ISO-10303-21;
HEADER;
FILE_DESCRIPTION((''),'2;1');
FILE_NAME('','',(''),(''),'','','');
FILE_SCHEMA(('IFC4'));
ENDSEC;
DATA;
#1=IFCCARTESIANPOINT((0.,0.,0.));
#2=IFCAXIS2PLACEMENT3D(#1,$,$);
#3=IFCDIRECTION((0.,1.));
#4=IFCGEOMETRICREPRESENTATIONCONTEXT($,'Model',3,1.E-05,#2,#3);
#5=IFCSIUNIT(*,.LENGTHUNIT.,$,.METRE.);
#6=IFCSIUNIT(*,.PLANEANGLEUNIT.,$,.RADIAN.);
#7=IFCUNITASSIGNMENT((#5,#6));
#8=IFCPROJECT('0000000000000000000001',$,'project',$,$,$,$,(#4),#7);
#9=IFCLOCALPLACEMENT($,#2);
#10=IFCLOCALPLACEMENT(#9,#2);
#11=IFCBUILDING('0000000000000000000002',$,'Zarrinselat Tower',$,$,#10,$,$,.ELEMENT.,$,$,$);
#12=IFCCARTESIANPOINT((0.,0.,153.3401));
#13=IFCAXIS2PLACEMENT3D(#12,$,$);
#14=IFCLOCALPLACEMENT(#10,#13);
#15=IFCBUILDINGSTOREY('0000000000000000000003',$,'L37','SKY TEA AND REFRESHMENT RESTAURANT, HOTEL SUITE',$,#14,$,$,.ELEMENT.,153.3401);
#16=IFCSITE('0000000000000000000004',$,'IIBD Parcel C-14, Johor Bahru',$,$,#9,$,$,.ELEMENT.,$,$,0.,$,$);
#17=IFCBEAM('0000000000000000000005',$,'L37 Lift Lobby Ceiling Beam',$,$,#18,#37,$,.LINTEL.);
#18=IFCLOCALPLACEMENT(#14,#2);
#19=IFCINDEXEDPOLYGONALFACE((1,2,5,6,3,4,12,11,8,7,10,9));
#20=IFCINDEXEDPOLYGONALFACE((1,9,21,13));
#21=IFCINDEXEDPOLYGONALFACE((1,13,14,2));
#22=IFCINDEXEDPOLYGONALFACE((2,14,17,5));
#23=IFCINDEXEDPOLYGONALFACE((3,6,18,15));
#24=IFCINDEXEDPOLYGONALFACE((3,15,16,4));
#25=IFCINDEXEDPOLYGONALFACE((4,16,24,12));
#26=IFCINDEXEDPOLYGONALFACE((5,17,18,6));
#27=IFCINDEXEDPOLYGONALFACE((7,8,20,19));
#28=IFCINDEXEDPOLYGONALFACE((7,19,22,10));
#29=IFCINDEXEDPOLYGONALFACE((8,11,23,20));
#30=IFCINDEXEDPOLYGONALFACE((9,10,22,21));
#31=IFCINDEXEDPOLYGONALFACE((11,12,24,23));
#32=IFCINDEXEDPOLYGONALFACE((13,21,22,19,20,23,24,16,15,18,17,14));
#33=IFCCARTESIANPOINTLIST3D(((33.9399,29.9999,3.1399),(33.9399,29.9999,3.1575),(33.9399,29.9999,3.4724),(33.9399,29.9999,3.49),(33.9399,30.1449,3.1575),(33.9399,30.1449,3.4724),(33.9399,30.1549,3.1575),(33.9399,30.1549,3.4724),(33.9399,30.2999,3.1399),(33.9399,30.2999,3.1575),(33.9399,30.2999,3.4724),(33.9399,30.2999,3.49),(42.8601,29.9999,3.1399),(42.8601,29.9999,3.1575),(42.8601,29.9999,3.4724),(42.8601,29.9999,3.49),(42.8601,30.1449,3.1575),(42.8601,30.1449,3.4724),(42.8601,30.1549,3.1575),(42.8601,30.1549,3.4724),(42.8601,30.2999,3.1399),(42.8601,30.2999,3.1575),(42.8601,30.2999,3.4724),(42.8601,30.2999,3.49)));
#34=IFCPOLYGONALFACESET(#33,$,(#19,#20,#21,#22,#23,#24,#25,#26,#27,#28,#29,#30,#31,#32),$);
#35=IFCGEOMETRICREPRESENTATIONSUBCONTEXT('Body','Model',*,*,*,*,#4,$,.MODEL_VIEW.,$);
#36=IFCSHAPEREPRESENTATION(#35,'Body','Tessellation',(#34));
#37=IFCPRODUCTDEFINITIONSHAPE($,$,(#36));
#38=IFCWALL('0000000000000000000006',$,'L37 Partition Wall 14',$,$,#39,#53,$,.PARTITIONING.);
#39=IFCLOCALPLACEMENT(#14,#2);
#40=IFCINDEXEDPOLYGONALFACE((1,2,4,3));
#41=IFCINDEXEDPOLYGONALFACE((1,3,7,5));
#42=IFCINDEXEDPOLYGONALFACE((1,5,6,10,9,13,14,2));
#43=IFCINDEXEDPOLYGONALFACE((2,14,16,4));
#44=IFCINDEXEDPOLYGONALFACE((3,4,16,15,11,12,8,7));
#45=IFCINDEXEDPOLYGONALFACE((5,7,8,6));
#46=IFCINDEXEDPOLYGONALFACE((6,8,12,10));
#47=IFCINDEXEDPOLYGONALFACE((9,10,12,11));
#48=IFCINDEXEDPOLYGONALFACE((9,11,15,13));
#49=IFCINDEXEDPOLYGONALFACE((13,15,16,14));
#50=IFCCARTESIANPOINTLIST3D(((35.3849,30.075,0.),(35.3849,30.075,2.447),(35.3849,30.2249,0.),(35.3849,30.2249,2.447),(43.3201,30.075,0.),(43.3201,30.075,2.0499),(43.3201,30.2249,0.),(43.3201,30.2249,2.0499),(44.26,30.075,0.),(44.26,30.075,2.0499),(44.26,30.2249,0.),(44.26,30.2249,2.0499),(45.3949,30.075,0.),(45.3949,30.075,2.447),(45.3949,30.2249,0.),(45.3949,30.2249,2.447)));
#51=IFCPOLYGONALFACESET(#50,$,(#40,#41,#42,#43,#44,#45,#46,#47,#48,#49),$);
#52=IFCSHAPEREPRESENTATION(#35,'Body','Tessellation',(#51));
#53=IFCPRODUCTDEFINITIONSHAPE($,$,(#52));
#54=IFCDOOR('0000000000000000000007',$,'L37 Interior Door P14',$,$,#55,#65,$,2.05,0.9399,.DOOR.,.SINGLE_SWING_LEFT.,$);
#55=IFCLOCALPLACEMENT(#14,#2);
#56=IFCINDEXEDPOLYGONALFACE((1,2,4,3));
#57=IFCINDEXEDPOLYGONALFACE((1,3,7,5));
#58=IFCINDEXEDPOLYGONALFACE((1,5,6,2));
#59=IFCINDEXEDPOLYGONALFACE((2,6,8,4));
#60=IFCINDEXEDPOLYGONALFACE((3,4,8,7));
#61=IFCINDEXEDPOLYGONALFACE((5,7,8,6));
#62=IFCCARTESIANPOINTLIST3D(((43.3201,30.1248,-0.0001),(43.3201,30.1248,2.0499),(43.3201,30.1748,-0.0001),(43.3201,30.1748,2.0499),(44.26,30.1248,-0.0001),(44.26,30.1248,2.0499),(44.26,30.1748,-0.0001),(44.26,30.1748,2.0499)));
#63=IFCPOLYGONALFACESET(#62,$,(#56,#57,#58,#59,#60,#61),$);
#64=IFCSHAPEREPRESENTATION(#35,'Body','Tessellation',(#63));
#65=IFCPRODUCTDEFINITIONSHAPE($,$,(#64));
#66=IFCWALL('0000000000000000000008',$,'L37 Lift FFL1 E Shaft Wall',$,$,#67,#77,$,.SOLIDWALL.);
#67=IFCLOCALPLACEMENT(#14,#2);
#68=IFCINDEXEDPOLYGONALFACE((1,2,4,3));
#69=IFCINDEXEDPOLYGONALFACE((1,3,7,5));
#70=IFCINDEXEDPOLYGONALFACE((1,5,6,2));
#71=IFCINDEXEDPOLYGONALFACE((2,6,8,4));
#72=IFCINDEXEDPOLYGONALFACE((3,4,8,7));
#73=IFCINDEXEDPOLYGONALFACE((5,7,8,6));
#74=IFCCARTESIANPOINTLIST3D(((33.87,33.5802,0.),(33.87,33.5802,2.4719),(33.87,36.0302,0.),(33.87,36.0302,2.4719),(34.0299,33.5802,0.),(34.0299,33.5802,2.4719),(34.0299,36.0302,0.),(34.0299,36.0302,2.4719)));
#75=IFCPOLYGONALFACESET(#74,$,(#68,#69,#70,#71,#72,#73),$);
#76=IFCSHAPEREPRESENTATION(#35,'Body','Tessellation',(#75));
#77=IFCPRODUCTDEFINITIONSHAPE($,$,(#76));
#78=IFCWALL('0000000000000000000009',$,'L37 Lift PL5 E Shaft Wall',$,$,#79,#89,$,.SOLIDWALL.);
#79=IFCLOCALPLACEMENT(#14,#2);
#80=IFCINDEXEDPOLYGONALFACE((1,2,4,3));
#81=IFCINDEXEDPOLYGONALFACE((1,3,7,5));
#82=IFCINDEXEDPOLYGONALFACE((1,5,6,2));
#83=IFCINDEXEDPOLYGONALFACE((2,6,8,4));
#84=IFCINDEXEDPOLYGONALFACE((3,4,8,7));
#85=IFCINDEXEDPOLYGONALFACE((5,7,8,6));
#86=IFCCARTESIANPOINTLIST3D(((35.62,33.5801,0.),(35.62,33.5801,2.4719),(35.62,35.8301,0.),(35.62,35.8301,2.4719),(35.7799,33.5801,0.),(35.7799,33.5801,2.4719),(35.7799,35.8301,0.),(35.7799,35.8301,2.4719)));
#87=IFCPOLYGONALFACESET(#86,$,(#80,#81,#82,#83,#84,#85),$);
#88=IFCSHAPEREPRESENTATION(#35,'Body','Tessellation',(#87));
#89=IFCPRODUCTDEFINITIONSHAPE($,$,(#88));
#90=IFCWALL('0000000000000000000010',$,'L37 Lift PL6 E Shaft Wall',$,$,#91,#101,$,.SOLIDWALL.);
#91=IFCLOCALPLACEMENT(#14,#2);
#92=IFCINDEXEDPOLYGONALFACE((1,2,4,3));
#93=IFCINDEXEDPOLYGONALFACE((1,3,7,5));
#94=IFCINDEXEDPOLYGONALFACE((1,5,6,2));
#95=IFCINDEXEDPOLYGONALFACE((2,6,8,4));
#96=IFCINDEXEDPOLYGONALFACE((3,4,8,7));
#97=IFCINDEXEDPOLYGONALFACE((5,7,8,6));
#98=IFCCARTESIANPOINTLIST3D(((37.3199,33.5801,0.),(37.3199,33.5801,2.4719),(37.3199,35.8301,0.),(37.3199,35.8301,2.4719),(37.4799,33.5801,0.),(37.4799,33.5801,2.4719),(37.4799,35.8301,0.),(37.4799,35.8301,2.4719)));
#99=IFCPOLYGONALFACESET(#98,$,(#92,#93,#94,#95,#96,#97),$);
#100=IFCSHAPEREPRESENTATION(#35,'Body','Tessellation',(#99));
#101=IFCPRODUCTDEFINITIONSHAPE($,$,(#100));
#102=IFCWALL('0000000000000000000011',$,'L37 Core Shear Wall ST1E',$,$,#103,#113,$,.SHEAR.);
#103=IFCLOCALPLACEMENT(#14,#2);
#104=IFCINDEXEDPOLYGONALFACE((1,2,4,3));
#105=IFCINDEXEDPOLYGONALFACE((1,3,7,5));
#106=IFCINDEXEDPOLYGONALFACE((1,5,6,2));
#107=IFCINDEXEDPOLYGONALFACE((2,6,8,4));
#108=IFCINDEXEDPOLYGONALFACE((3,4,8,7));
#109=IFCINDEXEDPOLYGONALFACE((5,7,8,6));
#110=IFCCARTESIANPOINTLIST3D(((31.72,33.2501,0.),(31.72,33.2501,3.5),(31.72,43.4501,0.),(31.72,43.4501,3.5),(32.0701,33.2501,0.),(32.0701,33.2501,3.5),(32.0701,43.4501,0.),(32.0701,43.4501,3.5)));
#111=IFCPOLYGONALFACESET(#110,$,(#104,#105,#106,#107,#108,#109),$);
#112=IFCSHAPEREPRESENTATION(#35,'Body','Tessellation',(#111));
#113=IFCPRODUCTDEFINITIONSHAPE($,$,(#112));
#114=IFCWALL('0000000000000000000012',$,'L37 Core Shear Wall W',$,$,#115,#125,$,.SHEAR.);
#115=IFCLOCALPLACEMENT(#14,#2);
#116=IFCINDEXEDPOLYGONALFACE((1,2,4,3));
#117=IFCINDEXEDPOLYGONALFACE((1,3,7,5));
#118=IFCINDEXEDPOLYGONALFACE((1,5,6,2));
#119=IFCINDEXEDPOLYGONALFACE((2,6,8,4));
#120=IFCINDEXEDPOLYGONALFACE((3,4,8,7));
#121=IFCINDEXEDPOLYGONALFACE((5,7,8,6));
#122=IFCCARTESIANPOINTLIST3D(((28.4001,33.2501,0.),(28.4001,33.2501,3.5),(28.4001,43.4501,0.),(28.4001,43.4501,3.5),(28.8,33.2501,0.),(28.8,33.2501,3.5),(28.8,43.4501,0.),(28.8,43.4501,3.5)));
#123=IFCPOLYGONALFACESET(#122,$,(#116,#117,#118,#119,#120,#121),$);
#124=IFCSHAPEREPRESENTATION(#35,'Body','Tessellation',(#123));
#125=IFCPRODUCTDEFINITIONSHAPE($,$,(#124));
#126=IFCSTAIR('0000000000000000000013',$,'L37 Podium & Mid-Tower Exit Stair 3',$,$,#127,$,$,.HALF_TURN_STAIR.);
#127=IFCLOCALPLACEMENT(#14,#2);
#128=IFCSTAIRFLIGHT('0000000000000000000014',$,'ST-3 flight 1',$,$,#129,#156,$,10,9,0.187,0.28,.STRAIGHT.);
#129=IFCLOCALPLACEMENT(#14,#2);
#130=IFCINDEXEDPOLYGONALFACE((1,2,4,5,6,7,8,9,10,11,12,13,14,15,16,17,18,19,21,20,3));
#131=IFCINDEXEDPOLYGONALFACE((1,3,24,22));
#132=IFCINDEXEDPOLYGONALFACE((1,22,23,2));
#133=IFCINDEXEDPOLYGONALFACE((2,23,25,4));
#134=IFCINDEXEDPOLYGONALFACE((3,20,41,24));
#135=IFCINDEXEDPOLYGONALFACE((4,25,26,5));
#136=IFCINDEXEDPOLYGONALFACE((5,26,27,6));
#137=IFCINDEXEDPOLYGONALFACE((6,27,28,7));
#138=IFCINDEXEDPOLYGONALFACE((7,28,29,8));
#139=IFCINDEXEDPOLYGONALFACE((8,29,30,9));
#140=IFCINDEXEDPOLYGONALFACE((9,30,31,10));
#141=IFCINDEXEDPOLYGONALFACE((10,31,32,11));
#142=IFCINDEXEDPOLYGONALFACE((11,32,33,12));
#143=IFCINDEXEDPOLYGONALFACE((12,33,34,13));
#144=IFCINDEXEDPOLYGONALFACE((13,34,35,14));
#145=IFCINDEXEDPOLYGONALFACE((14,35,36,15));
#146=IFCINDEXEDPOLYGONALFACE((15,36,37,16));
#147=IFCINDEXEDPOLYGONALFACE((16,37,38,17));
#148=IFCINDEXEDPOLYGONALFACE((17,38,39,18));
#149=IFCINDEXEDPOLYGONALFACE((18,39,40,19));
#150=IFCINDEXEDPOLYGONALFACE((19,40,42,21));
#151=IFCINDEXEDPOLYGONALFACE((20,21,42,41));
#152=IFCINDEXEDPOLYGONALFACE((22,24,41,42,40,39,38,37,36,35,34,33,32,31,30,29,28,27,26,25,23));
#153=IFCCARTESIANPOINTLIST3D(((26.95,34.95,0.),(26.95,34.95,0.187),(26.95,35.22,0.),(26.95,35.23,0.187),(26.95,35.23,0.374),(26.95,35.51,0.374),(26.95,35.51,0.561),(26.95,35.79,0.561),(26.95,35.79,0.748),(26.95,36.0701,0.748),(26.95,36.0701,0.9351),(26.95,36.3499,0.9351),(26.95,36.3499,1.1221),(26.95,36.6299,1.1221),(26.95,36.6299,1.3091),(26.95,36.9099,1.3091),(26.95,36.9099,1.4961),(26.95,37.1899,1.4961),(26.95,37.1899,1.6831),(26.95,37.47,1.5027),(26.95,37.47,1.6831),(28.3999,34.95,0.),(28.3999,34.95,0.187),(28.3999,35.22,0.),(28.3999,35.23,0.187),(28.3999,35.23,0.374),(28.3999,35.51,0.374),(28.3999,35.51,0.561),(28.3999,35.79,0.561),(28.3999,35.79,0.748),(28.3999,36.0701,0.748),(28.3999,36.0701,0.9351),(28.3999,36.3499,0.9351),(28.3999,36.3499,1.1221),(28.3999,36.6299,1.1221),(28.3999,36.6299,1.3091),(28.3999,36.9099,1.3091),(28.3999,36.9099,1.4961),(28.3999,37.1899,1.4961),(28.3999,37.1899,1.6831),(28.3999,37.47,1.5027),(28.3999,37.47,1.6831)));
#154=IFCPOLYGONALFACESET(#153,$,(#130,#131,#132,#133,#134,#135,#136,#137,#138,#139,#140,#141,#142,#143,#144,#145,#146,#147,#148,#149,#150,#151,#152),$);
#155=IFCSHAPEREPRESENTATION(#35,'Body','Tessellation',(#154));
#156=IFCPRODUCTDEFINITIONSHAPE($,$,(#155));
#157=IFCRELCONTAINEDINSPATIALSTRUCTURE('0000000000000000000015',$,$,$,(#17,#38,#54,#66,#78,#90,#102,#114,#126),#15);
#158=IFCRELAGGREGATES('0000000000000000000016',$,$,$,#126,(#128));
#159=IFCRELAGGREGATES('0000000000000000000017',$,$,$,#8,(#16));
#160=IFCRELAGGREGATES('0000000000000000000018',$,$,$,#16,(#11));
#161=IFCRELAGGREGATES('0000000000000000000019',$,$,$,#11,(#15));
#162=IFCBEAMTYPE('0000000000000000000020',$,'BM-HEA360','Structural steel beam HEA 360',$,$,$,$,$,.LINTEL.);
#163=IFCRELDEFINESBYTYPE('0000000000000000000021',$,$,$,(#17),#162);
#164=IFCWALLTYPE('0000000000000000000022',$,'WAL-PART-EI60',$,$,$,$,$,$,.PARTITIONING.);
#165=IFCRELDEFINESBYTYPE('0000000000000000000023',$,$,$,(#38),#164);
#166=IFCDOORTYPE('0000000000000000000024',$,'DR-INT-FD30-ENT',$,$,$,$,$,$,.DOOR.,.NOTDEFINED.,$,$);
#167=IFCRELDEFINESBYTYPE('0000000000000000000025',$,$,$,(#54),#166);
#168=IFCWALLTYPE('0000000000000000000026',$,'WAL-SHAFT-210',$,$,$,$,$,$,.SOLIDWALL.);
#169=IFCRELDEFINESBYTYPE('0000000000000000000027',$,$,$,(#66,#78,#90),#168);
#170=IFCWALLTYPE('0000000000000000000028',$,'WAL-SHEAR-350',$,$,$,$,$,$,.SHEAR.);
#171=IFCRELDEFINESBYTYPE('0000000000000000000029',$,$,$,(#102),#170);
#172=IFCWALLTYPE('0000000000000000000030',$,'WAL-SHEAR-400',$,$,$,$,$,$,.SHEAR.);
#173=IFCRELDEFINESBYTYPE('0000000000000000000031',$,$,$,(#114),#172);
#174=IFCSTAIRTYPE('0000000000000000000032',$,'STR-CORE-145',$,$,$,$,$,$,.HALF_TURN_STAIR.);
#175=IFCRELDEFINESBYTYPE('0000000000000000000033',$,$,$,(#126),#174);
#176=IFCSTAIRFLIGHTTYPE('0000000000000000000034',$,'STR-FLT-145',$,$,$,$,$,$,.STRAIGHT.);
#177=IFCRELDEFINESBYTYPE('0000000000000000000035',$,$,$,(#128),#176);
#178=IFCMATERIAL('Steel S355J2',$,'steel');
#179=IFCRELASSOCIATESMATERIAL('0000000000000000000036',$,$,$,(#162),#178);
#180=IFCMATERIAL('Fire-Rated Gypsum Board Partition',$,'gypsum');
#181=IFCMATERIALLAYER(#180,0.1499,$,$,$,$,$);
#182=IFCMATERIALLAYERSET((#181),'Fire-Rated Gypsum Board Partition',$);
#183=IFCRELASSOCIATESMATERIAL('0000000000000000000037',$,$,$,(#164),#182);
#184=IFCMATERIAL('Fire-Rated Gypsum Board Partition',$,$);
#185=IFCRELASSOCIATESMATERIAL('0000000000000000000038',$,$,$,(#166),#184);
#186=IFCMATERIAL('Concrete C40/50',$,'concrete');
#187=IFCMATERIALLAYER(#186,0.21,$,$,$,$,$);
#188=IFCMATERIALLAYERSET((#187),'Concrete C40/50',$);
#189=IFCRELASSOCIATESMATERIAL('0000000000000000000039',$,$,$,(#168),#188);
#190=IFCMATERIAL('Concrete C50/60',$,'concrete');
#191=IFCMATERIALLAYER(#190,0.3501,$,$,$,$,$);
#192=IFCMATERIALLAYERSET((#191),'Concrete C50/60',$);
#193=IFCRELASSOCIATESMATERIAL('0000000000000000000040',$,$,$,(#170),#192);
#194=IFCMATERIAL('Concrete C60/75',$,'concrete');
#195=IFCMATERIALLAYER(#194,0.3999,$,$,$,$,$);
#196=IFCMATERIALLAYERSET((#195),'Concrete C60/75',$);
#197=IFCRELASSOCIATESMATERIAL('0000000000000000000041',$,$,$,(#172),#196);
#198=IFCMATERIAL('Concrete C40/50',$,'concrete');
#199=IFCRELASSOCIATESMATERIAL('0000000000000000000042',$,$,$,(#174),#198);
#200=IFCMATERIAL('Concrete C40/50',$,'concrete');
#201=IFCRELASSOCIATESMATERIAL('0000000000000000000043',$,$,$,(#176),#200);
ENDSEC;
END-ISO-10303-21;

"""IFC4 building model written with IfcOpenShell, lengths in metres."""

from ifc_helpers import new_model, si_unit, direction, frame, frame_2d, origin, origin_2d, place, context, subcontext, project, spatial, polyline, rectangle, i_section, outline, extrude, material, layer, layer_set, material_profile, profile_set, type_object, element, fill, aggregate, save


model = new_model("IFC4")

# Units and contexts
model_context = context("Model", 3, precision=1e-05, world=origin(), true_north=direction((0.0, 1.0)))
body_context = subcontext(model_context, "Body", "Model", "MODEL_VIEW")
ifc_project = project(units=[si_unit("LENGTHUNIT", "METRE"), si_unit("PLANEANGLEUNIT", "RADIAN")], contexts=[model_context])

# Site, building, storey
site_placement = place(None, origin())
site = spatial("IfcSite", under=ifc_project, at=site_placement, Name="IIBD Parcel C-14, Johor Bahru", CompositionType="ELEMENT", RefElevation=0.0)
building_placement = place(site_placement, origin())
building = spatial("IfcBuilding", under=site, at=building_placement, Name="Zarrinselat Tower", CompositionType="ELEMENT")
storey_placement = place(building_placement, frame((0.0, 0.0, 153.3401)))
storey = spatial("IfcBuildingStorey", under=building, at=storey_placement, Name="L37", Description="SKY TEA AND REFRESHMENT RESTAURANT, HOTEL SUITE", CompositionType="ELEMENT", Elevation=153.3401)

# Beam
ifc_material_1 = material(Name="Steel S355J2", Category="steel")
ifc_material_profile = material_profile(ifc_material_1, i_section(OverallWidth=0.3, OverallDepth=0.3501, WebThickness=0.01, FlangeThickness=0.0176, at=origin_2d()), Name="HEA 360")
ifc_profile_set = profile_set([ifc_material_profile], Name="Steel S355J2")
beam_type = type_object("IfcBeamType", Name="BM-HEA360", Description="Structural steel beam HEA 360", PredefinedType="LINTEL", material=ifc_profile_set)
beam_placement = place(storey_placement, frame((33.9399, 30.1499, 3.3149), z_axis=(1.0, 0.0, 0.0), x_axis=(0.0, 1.0, 0.0)))
element("IfcBeam", 1, at=beam_placement, inside=storey, type_object=beam_type, Name="L37 Lift Lobby Ceiling Beam", PredefinedType="LINTEL", context=body_context, shape_type="SweptSolid", body=[
    extrude(i_section(OverallWidth=0.3, OverallDepth=0.3501, WebThickness=0.01, FlangeThickness=0.0176, at=origin_2d()), origin(), (0.0, 0.0, 1.0), 8.9202),
])

# Wall, opening, door
ifc_material_2 = material(Name="Fire-Rated Gypsum Board Partition", Category="gypsum")
ifc_layer_1 = layer(ifc_material_2, 0.1499)
ifc_layer_set_1 = layer_set([ifc_layer_1], Name="Fire-Rated Gypsum Board Partition")
wall_type_1 = type_object("IfcWallType", Name="WAL-PART-EI60", PredefinedType="PARTITIONING", material=ifc_layer_set_1)
wall_1_placement = place(storey_placement, frame((35.385, 30.1499, 0.0), z_axis=(0.0, 0.0, 1.0), x_axis=(1.0, 0.0, 0.0)))
wall_1 = element("IfcWall", 2, at=wall_1_placement, inside=storey, type_object=wall_type_1, Name="L37 Partition Wall 14", PredefinedType="PARTITIONING", context=body_context, shape_type="SweptSolid", body=[
    extrude(rectangle(XDim=10.01, YDim=0.1499, at=frame_2d((5.0049, 0.0))), origin(), (0.0, 0.0, 1.0), 2.447),
])
opening_1_placement = place(wall_1_placement, frame((7.9351, 0.0, 0.0)))
opening_1 = element("IfcOpeningElement", 3, at=opening_1_placement, cuts=wall_1, PredefinedType="OPENING", context=body_context, shape_type="SweptSolid", body=[
    extrude(rectangle(XDim=0.9399, YDim=2.05, at=frame_2d((0.47, 1.0249))), frame((0.0, 0.085, 0.0), z_axis=(0.0, -1.0, 0.0), x_axis=(1.0, 0.0, 0.0)), (0.0, 0.0, 1.0), 0.1699),
])
ifc_material_3 = material(Name="Fire-Rated Gypsum Board Partition")
door_type_1 = type_object("IfcDoorType", Name="DR-INT-FD30-ENT", OperationType="NOTDEFINED", PredefinedType="DOOR", material=ifc_material_3)
door_1_placement = place(opening_1_placement, origin())
door_1 = element("IfcDoor", 4, at=door_1_placement, inside=storey, type_object=door_type_1, Name="L37 Interior Door P14", OperationType="SINGLE_SWING_LEFT", OverallHeight=2.05, OverallWidth=0.9399, PredefinedType="DOOR", context=body_context, shape_type="SweptSolid", body=[
    extrude(rectangle(XDim=0.9399, YDim=2.05, at=frame_2d((0.47, 1.0249))), frame((0.0, 0.0249, 0.0), z_axis=(0.0, -1.0, 0.0), x_axis=(1.0, 0.0, 0.0)), (0.0, 0.0, 1.0), 0.05),
])
fill(opening_1, door_1)

# Walls
ifc_material_4 = material(Name="Concrete C40/50", Category="concrete")
ifc_layer_2 = layer(ifc_material_4, 0.21)
ifc_layer_set_2 = layer_set([ifc_layer_2], Name="Concrete C40/50")
wall_type_2 = type_object("IfcWallType", Name="WAL-SHAFT-210", PredefinedType="SOLIDWALL", material=ifc_layer_set_2)
wall_2_placement = place(storey_placement, frame((33.95, 33.5801, 0.0), z_axis=(0.0, 0.0, 1.0), x_axis=(0.0, 1.0, 0.0)))
element("IfcWall", 5, at=wall_2_placement, inside=storey, type_object=wall_type_2, Name="L37 Lift FFL1 E Shaft Wall", PredefinedType="SOLIDWALL", context=body_context, shape_type="SweptSolid", body=[
    extrude(rectangle(XDim=2.45, YDim=0.1599, at=frame_2d((1.2251, 0.0))), origin(), (0.0, 0.0, 1.0), 2.4719),
])
for number, where, z_axis, x_axis, name in (
    (6, (35.7, 33.5801, 0.0), (0.0, 0.0, 1.0), (0.0, 1.0, 0.0), "L37 Lift PL5 E Shaft Wall"),
    (7, (37.3999, 33.5801, 0.0), (0.0, 0.0, 1.0), (0.0, 1.0, 0.0), "L37 Lift PL6 E Shaft Wall"),
):
    element("IfcWall", number, at=place(storey_placement, frame(where, z_axis=z_axis, x_axis=x_axis)), inside=storey, type_object=wall_type_2, Name=name, PredefinedType="SOLIDWALL", context=body_context, shape_type="SweptSolid", body=[
        extrude(rectangle(XDim=2.25, YDim=0.1599, at=frame_2d((1.125, 0.0))), origin(), (0.0, 0.0, 1.0), 2.4719),
    ])
ifc_material_5 = material(Name="Concrete C50/60", Category="concrete")
ifc_layer_3 = layer(ifc_material_5, 0.3501)
ifc_layer_set_3 = layer_set([ifc_layer_3], Name="Concrete C50/60")
wall_type_3 = type_object("IfcWallType", Name="WAL-SHEAR-350", PredefinedType="SHEAR", material=ifc_layer_set_3)
wall_3_placement = place(storey_placement, frame((31.895, 33.25, 0.0), z_axis=(0.0, 0.0, 1.0), x_axis=(0.0, 1.0, 0.0)))
element("IfcWall", 8, at=wall_3_placement, inside=storey, type_object=wall_type_3, Name="L37 Core Shear Wall ST1E", PredefinedType="SHEAR", context=body_context, shape_type="SweptSolid", body=[
    extrude(rectangle(XDim=10.2, YDim=0.3501, at=frame_2d((5.1001, 0.0))), origin(), (0.0, 0.0, 1.0), 3.5),
])

# Shared definitions
ifc_material_6 = material(Name="Concrete C60/75", Category="concrete")
ifc_layer_4 = layer(ifc_material_6, 0.3999)
ifc_layer_set_4 = layer_set([ifc_layer_4], Name="Concrete C60/75")
wall_type_4 = type_object("IfcWallType", Name="WAL-SHEAR-400", PredefinedType="SHEAR", material=ifc_layer_set_4)

# Wall
wall_4_placement = place(storey_placement, frame((28.6001, 33.25, 0.0), z_axis=(0.0, 0.0, 1.0), x_axis=(0.0, 1.0, 0.0)))
element("IfcWall", 9, at=wall_4_placement, inside=storey, type_object=wall_type_4, Name="L37 Core Shear Wall W", PredefinedType="SHEAR", context=body_context, shape_type="SweptSolid", body=[
    extrude(rectangle(XDim=10.2, YDim=0.3999, at=frame_2d((5.1001, 0.0))), origin(), (0.0, 0.0, 1.0), 3.5),
])

# Stair, stair flight
ifc_material_7 = material(Name="Concrete C40/50", Category="concrete")
stair_type = type_object("IfcStairType", Name="STR-CORE-145", PredefinedType="HALF_TURN_STAIR", material=ifc_material_7)
stair_placement = place(storey_placement, origin())
stair = element("IfcStair", 10, at=stair_placement, inside=storey, type_object=stair_type, Name="L37 Podium & Mid-Tower Exit Stair 3", PredefinedType="HALF_TURN_STAIR")
ifc_material_8 = material(Name="Concrete C40/50", Category="concrete")
stair_flight_type = type_object("IfcStairFlightType", Name="STR-FLT-145", PredefinedType="STRAIGHT", material=ifc_material_8)
stair_flight_placement = place(storey_placement, frame((27.675, 34.95, 0.0), z_axis=(0.0, 0.0, 1.0), x_axis=(0.0, 1.0, 0.0)))
stair_flight = element("IfcStairFlight", 11, at=stair_flight_placement, type_object=stair_flight_type, Name="ST-3 flight 1", NumberOfRisers=10, NumberOfTreads=9, PredefinedType="STRAIGHT", RiserHeight=0.187, TreadLength=0.28, context=body_context, shape_type="SweptSolid", body=[
    extrude(outline(polyline([(0.0, 0.0), (0.0, 0.187), (0.28, 0.187), (0.28, 0.374), (0.5601, 0.374), (0.5601, 0.561), (0.8401, 0.561), (0.8401, 0.748), (1.1201, 0.748), (1.1201, 0.9351), (1.3999, 0.9351), (1.3999, 1.1221), (1.6799, 1.1221), (1.6799, 1.3091), (1.96, 1.3091), (1.96, 1.4961), (2.24, 1.4961), (2.24, 1.6831), (2.52, 1.6831), (2.52, 1.8701), (2.52, 1.5027), (0.27, 0.0), (0.0, 0.0)])), frame((0.0, 0.7251, 0.0), z_axis=(0.0, -1.0, 0.0), x_axis=(1.0, 0.0, 0.0)), (0.0, 0.0, 1.0), 1.45),
])
aggregate(stair, [stair_flight])

save(model, "model.ifc")
